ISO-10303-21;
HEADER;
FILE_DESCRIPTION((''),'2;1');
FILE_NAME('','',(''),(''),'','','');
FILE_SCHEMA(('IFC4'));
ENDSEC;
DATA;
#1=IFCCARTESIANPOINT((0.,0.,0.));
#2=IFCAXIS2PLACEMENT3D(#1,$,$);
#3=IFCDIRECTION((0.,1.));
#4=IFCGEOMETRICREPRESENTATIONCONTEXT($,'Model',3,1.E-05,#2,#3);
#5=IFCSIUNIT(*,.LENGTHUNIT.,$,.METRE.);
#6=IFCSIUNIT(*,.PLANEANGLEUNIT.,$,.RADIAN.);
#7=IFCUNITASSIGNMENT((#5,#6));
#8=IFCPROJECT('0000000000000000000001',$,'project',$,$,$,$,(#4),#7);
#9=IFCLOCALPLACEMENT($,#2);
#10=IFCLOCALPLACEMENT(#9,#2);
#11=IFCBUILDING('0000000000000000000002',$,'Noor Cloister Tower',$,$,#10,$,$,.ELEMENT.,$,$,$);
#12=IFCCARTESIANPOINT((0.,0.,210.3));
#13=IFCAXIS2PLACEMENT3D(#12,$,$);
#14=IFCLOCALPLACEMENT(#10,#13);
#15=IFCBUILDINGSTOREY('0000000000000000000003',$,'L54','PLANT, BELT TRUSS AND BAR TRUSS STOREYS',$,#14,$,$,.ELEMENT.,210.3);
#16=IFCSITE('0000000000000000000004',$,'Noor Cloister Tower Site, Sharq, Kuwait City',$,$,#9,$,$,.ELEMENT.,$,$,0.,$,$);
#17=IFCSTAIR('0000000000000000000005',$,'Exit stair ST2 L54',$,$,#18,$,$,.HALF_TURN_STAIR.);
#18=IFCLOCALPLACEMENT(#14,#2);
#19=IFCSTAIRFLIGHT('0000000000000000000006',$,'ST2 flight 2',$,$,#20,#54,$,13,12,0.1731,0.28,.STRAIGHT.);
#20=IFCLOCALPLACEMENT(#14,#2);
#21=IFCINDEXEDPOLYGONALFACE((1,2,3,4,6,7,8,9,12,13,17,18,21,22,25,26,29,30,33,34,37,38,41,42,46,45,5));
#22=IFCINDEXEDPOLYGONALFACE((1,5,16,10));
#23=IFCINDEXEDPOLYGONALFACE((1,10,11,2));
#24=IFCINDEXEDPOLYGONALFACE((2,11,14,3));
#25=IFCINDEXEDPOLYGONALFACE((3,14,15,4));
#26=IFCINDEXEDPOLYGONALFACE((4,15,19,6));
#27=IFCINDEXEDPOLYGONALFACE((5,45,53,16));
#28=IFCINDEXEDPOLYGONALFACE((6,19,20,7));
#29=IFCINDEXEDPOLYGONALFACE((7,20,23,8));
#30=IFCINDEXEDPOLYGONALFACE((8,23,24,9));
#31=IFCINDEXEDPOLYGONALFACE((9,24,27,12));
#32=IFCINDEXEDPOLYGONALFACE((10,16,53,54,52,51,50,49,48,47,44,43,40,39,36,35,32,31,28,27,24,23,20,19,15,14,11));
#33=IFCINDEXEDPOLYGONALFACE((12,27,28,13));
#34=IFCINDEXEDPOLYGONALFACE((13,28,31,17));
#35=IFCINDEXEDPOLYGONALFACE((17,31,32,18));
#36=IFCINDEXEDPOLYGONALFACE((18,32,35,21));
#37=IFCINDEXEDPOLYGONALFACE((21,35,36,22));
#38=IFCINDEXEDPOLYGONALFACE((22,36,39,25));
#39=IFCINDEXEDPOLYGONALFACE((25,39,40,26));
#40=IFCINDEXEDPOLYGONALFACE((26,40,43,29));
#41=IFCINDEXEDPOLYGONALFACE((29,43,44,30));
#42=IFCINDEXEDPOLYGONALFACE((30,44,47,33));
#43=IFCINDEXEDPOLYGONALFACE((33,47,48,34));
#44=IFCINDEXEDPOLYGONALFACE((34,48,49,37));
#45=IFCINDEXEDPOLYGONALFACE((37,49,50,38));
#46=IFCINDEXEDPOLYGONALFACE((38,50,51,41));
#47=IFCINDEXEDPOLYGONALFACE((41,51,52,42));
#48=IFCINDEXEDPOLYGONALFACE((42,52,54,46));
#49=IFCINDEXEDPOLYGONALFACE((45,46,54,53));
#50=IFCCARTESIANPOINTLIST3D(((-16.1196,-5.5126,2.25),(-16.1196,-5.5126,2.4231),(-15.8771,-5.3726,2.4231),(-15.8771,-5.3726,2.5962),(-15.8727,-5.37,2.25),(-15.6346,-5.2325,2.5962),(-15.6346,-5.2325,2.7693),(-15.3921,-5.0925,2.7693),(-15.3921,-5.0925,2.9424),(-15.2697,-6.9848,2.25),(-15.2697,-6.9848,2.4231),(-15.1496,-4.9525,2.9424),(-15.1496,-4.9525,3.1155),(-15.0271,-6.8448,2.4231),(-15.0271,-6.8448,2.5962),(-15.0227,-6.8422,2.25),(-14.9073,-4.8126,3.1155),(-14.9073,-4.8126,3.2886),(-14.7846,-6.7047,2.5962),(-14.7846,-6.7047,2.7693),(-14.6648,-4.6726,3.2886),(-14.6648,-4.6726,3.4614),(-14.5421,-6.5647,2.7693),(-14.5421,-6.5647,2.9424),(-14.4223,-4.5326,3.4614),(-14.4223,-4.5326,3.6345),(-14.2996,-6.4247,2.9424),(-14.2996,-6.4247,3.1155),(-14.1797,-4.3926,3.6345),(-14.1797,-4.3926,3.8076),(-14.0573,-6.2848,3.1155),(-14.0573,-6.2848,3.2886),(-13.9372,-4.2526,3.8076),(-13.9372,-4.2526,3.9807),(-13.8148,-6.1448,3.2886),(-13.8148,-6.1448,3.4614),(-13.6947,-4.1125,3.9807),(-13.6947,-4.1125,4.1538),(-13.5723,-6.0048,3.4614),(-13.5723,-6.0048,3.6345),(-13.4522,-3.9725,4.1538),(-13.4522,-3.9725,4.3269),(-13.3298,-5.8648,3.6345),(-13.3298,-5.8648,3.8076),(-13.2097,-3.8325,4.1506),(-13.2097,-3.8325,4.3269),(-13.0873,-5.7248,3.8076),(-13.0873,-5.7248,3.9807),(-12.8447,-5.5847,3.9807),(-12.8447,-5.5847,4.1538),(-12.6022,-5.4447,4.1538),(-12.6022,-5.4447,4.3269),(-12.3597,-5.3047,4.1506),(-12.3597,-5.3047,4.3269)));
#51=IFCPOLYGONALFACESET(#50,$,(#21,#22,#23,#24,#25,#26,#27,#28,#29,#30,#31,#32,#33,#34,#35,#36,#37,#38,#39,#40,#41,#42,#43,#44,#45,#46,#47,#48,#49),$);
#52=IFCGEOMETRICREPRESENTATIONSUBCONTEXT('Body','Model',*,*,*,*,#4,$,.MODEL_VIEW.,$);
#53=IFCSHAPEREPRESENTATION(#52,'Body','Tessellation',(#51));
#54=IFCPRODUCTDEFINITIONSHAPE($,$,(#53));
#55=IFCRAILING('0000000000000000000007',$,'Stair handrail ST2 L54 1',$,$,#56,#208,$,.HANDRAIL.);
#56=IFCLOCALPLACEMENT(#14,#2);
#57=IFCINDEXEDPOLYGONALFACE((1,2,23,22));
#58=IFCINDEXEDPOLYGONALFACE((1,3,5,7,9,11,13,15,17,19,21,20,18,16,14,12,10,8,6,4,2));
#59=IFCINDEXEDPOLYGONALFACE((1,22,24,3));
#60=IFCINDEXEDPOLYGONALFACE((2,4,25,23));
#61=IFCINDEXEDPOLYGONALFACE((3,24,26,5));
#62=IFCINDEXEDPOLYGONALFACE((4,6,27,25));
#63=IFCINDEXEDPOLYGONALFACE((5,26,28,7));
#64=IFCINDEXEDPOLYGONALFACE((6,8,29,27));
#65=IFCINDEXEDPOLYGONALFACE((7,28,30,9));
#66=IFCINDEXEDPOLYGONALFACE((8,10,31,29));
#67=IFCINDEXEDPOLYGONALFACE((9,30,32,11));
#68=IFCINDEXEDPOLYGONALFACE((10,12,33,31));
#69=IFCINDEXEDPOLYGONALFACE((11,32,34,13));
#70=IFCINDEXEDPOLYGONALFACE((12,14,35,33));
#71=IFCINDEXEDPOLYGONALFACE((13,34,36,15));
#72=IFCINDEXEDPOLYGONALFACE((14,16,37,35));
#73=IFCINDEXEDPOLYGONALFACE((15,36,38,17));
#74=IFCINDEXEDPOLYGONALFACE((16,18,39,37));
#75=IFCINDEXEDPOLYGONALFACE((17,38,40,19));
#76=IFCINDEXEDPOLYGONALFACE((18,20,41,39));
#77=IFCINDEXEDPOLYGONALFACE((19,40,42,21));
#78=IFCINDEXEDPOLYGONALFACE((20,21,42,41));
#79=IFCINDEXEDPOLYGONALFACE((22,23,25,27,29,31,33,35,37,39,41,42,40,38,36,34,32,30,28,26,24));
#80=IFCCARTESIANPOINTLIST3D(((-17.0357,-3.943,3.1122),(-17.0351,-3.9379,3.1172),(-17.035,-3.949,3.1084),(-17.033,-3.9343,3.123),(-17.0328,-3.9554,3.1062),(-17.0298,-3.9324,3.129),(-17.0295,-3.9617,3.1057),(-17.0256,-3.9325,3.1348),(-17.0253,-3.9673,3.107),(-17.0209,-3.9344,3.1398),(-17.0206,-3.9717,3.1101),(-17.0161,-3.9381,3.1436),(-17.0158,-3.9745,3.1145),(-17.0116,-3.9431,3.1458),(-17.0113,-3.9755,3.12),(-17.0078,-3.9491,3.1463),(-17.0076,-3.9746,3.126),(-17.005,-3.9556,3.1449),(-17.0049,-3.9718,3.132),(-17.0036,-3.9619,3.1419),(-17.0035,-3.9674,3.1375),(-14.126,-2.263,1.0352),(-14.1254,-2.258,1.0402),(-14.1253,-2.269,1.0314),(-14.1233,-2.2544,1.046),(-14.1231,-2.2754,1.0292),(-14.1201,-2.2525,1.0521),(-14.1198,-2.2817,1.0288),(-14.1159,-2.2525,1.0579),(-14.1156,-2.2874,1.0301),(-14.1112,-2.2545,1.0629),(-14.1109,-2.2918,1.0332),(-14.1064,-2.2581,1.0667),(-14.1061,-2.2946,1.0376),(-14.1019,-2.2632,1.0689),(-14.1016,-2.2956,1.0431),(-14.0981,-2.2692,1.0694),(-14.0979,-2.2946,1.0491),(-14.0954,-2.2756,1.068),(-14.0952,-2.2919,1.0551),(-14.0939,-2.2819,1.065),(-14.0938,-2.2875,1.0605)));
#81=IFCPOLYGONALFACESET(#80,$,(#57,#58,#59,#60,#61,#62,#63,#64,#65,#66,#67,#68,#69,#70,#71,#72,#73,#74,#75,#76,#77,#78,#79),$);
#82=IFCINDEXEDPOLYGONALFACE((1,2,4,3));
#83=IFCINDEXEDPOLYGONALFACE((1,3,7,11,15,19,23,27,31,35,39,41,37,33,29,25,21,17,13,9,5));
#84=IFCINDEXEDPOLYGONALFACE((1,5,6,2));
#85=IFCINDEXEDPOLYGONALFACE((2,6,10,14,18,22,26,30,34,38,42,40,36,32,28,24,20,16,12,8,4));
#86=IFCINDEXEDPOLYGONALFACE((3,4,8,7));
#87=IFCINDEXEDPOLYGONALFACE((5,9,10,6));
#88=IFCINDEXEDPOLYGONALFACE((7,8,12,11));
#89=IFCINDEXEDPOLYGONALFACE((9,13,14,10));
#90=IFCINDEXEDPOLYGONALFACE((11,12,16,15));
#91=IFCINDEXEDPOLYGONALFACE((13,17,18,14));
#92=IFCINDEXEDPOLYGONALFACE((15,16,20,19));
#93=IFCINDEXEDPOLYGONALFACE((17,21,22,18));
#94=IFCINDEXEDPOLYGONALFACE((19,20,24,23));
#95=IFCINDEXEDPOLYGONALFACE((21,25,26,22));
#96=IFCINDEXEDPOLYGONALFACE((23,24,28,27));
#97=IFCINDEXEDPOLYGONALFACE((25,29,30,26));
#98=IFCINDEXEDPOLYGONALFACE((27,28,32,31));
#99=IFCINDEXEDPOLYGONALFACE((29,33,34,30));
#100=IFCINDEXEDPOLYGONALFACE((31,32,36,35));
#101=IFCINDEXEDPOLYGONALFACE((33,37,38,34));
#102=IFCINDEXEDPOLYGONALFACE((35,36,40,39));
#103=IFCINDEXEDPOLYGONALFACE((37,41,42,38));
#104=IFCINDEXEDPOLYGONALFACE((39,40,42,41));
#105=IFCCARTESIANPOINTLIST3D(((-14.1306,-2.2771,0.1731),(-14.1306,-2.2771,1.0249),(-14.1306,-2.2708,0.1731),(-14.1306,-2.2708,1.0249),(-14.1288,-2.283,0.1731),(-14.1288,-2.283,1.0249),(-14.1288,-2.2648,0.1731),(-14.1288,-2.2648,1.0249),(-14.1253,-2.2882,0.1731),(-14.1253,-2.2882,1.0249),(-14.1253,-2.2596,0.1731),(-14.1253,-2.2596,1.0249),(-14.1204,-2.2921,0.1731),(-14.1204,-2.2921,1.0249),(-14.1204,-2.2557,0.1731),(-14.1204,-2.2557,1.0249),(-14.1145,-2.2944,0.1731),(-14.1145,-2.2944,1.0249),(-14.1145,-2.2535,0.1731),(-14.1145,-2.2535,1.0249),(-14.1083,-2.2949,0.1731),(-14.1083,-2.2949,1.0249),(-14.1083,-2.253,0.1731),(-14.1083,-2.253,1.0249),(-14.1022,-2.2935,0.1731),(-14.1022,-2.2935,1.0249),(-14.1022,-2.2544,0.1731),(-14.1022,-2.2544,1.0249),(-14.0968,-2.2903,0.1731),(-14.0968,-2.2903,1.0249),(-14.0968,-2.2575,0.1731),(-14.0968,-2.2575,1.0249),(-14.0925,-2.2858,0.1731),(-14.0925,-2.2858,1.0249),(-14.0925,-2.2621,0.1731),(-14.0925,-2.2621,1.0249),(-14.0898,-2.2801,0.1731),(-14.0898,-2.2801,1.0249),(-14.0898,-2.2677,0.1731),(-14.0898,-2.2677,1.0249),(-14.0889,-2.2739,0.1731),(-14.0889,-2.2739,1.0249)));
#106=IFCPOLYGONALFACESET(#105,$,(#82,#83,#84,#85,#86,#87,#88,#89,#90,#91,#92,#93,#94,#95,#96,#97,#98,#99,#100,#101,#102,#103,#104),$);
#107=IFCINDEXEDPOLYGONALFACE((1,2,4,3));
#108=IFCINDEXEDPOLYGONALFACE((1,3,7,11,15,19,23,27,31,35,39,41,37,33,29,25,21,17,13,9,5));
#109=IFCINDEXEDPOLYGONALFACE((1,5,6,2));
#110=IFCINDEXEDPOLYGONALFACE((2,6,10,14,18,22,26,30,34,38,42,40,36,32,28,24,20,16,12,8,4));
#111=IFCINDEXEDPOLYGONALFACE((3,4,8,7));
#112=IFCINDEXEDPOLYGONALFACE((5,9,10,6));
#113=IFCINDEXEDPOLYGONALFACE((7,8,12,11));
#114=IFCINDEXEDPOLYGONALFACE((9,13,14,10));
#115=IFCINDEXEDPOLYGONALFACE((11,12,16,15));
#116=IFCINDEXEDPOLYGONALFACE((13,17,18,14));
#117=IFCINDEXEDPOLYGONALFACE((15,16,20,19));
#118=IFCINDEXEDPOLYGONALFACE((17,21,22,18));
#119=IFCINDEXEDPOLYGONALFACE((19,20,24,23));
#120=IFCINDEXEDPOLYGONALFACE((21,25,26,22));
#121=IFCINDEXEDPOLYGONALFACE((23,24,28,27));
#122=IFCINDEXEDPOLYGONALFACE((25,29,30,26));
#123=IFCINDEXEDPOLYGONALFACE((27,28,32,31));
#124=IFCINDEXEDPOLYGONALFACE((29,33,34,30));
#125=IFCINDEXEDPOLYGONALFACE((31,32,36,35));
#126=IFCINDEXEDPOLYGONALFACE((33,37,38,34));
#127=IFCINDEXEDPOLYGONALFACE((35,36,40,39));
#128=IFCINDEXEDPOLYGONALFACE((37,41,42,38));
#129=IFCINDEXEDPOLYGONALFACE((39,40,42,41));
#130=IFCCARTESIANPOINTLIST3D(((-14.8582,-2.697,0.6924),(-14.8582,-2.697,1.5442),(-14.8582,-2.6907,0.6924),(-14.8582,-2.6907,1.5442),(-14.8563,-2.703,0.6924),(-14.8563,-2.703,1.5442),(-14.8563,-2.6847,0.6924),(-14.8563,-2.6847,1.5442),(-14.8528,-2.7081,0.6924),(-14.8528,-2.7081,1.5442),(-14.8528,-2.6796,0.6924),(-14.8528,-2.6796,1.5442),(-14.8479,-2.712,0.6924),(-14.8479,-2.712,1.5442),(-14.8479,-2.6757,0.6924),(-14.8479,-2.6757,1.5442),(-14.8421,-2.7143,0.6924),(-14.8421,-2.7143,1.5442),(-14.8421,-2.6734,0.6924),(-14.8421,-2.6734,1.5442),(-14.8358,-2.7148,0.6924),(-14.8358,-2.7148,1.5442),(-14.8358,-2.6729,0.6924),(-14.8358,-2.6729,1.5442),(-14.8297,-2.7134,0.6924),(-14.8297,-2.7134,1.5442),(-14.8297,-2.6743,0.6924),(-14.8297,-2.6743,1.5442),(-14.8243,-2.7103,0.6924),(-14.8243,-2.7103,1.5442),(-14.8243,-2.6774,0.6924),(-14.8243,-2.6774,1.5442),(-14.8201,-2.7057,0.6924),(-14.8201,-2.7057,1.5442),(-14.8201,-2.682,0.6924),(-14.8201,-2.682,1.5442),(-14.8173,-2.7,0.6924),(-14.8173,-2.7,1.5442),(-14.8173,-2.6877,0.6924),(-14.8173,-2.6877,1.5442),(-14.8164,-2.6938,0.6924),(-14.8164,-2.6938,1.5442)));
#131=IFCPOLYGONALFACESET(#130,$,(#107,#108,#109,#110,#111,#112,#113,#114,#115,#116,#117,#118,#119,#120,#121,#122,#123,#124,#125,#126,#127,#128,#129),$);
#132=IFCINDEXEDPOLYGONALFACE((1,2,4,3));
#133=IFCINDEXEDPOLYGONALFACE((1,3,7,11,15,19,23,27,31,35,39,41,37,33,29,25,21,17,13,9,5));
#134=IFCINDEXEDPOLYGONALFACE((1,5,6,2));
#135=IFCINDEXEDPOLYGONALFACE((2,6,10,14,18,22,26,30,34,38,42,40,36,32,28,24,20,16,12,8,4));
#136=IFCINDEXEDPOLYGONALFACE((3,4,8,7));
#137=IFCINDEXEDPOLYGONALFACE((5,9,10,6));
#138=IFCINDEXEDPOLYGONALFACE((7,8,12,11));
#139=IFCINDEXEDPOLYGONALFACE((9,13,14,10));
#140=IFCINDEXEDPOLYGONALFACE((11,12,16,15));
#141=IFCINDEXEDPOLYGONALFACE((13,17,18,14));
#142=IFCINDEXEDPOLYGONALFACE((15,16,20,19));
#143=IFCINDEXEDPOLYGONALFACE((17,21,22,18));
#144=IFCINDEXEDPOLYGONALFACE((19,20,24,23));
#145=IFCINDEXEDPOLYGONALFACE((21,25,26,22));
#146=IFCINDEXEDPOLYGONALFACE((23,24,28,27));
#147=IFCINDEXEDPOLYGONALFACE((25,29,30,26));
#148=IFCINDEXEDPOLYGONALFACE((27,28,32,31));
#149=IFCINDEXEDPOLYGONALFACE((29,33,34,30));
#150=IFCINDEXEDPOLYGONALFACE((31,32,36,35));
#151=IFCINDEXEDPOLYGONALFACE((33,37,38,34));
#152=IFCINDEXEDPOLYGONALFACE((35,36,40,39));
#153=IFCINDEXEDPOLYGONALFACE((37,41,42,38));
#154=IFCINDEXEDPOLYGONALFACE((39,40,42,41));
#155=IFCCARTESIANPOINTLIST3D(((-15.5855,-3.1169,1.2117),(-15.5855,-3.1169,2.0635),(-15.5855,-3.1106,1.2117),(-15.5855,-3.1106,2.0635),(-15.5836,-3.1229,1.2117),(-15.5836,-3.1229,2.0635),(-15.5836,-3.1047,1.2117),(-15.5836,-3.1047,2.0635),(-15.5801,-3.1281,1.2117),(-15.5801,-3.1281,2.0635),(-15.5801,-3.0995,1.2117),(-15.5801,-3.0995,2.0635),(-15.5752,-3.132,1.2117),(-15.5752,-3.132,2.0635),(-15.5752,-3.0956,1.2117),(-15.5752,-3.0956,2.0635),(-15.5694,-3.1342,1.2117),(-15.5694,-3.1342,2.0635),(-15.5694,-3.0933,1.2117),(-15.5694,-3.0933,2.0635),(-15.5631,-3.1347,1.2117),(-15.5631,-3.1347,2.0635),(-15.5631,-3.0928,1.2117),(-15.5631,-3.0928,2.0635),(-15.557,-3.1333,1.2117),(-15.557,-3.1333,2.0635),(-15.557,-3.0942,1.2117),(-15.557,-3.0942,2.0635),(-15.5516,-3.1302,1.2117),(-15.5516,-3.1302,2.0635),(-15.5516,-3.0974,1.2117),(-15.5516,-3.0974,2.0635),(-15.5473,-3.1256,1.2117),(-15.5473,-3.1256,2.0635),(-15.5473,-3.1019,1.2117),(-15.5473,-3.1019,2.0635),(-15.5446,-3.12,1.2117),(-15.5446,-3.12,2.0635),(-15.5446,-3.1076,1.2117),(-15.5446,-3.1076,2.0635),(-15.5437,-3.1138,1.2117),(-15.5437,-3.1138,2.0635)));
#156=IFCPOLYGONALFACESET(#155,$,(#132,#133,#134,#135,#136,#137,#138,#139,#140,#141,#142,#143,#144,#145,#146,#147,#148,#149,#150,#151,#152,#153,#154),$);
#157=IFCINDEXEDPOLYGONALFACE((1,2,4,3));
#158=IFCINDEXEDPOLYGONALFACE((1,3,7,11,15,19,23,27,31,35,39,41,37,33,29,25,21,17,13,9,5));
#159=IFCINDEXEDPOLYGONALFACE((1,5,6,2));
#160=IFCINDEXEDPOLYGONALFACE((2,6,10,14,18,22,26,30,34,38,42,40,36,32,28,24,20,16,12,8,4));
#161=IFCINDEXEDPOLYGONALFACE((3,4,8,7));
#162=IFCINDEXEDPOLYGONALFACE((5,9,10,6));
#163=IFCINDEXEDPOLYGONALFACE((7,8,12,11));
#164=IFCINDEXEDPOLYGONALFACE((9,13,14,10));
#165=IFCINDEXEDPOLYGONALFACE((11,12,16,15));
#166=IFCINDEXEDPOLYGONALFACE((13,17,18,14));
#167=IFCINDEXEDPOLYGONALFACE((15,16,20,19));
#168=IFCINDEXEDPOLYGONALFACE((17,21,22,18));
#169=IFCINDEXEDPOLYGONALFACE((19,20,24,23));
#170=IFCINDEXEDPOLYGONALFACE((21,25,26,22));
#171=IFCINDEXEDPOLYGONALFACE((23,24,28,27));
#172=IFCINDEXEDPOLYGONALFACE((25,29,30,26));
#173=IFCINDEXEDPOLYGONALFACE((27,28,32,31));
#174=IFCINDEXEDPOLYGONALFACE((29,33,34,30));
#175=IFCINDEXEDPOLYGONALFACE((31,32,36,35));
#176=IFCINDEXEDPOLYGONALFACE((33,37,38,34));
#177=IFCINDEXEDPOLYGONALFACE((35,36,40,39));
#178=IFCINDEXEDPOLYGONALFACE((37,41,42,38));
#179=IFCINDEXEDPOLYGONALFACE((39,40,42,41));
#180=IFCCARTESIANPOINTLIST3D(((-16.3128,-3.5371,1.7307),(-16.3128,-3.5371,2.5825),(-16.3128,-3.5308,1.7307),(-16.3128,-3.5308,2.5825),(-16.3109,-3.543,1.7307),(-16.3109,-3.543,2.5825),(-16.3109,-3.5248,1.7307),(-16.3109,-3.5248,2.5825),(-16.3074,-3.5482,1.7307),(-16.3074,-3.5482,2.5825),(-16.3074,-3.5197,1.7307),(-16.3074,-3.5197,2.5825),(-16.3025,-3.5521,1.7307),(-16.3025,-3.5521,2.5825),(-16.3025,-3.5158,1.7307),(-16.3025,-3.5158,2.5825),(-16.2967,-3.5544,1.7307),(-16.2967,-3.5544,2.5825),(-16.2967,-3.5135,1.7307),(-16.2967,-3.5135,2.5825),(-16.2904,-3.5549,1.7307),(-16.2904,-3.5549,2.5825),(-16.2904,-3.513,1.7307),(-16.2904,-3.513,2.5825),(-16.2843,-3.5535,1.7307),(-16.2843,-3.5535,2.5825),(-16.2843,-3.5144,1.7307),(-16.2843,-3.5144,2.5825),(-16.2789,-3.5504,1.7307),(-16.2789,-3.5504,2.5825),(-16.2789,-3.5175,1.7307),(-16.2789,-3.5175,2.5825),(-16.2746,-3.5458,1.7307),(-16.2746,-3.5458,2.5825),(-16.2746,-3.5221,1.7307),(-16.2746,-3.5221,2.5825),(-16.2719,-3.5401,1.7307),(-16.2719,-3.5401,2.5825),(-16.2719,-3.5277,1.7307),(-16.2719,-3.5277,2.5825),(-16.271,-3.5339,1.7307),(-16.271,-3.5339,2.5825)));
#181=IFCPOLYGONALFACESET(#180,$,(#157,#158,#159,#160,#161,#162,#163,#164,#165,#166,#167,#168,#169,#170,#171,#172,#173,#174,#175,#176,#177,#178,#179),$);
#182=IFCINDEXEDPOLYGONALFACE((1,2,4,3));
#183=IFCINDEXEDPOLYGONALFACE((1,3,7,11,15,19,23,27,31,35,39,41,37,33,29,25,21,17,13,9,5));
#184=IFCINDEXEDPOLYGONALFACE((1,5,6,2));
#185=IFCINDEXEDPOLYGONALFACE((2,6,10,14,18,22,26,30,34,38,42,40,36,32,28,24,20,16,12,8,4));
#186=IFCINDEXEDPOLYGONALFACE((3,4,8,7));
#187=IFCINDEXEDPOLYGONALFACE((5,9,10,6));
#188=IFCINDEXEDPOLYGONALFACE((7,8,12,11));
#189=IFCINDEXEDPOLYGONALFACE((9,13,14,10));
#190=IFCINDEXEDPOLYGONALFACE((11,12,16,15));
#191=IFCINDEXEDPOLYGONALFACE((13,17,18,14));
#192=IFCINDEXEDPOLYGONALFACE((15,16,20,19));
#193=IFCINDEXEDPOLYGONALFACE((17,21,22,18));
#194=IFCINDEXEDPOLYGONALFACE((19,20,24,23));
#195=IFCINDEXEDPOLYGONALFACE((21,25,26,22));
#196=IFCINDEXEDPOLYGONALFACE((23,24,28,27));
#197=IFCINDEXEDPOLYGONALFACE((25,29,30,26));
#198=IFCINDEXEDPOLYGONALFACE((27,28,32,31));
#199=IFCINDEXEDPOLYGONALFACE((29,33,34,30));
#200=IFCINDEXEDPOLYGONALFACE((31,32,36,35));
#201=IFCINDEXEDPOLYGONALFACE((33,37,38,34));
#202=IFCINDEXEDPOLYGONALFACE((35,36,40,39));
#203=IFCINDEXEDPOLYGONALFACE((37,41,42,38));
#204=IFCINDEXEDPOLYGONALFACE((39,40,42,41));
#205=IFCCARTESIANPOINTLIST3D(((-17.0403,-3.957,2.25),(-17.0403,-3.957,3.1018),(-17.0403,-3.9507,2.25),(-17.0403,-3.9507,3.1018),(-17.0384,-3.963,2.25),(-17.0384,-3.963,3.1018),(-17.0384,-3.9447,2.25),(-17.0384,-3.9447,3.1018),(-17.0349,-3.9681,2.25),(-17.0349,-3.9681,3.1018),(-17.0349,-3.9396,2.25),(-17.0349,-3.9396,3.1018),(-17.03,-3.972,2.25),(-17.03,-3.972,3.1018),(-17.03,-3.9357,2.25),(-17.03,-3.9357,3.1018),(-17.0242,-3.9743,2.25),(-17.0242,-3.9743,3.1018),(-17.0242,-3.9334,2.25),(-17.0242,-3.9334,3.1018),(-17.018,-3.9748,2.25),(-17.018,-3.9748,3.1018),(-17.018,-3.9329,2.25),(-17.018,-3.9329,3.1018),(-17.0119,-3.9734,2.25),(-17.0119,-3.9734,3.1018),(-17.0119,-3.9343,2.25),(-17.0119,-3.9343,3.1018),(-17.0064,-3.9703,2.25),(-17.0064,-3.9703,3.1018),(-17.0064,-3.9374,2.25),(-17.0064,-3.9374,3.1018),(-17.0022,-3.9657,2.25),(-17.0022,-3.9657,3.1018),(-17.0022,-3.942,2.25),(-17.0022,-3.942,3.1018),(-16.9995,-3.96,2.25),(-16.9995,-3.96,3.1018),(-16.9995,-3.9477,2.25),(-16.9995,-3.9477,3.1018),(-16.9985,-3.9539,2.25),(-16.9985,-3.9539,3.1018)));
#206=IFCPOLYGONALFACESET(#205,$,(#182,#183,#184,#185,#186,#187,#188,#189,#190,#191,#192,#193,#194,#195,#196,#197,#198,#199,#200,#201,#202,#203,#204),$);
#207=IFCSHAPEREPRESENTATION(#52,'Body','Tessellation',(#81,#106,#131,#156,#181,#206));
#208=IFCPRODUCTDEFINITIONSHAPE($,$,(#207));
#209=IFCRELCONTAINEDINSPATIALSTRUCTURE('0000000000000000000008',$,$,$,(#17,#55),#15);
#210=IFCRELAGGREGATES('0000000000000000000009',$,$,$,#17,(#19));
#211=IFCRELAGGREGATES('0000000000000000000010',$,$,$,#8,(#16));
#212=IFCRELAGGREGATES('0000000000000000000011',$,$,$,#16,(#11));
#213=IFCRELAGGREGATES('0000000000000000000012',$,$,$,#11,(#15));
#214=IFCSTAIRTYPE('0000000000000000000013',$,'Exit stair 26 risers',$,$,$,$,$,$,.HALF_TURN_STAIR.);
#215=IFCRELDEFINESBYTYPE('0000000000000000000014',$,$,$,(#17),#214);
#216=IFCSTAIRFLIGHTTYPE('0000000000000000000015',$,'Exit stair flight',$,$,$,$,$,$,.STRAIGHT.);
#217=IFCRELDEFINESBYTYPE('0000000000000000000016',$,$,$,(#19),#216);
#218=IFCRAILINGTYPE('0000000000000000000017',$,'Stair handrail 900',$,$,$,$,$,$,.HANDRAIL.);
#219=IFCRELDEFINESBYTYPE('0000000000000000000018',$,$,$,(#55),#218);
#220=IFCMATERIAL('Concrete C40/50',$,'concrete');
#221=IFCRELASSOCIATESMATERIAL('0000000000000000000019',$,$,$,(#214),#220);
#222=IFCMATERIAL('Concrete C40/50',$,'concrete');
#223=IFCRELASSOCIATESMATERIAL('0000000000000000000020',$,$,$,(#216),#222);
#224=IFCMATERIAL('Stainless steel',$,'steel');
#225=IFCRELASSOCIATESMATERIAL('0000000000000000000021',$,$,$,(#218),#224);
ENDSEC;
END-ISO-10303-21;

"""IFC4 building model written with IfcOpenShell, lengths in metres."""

from ifc_helpers import new_model, si_unit, direction, frame, origin, origin_2d, place, context, subcontext, project, spatial, polyline, circle, outline, extrude, material, type_object, element, aggregate, save


model = new_model("IFC4")

# Units and contexts
model_context = context("Model", 3, precision=1e-05, world=origin(), true_north=direction((0.0, 1.0)))
body_context = subcontext(model_context, "Body", "Model", "MODEL_VIEW")
ifc_project = project(units=[si_unit("LENGTHUNIT", "METRE"), si_unit("PLANEANGLEUNIT", "RADIAN")], contexts=[model_context])

# Site, building, storey
site_placement = place(None, origin())
site = spatial("IfcSite", under=ifc_project, at=site_placement, Name="Noor Cloister Tower Site, Sharq, Kuwait City", CompositionType="ELEMENT", RefElevation=0.0)
building_placement = place(site_placement, origin())
building = spatial("IfcBuilding", under=site, at=building_placement, Name="Noor Cloister Tower", CompositionType="ELEMENT")
storey_placement = place(building_placement, frame((0.0, 0.0, 210.3)))
storey = spatial("IfcBuildingStorey", under=building, at=storey_placement, Name="L54", Description="PLANT, BELT TRUSS AND BAR TRUSS STOREYS", CompositionType="ELEMENT", Elevation=210.3)

# Stair, stair flight
ifc_material_1 = material(Name="Concrete C40/50", Category="concrete")
stair_type = type_object("IfcStairType", Name="Exit stair 26 risers", PredefinedType="HALF_TURN_STAIR", material=ifc_material_1)
stair_placement = place(storey_placement, origin())
stair = element("IfcStair", 1, at=stair_placement, inside=storey, type_object=stair_type, Name="Exit stair ST2 L54", PredefinedType="HALF_TURN_STAIR")
ifc_material_2 = material(Name="Concrete C40/50", Category="concrete")
stair_flight_type = type_object("IfcStairFlightType", Name="Exit stair flight", PredefinedType="STRAIGHT", material=ifc_material_2)
stair_flight_1_placement = place(storey_placement, frame((-15.6946, -6.2488, 2.25), z_axis=(0.0, 0.0, 1.0), x_axis=(0.866025, 0.5, 0.0)))
stair_flight_1 = element("IfcStairFlight", 2, at=stair_flight_1_placement, type_object=stair_flight_type, Name="ST2 flight 2", NumberOfRisers=13, NumberOfTreads=12, PredefinedType="STRAIGHT", RiserHeight=0.1731, TreadLength=0.28, context=body_context, shape_type="SweptSolid", body=[
    extrude(outline(polyline([(0.0, 0.0), (0.0, 0.1731), (0.28, 0.1731), (0.28, 0.3462), (0.5601, 0.3462), (0.5601, 0.5193), (0.8401, 0.5193), (0.8401, 0.6924), (1.1201, 0.6924), (1.1201, 0.8655), (1.3999, 0.8655), (1.3999, 1.0386), (1.6799, 1.0386), (1.6799, 1.2114), (1.96, 1.2114), (1.96, 1.3845), (2.24, 1.3845), (2.24, 1.5576), (2.52, 1.5576), (2.52, 1.7307), (2.8, 1.7307), (2.8, 1.9038), (3.0801, 1.9038), (3.0801, 2.0769), (3.3601, 2.0769), (3.3601, 2.25), (3.3601, 1.9006), (0.2852, 0.0), (0.0, 0.0)])), frame((0.0, 0.8501, 0.0), z_axis=(0.0, -1.0, 0.0), x_axis=(1.0, 0.0, 0.0)), (0.0, 0.0, 1.0), 1.7),
])
aggregate(stair, [stair_flight_1])

# Railing
ifc_material_3 = material(Name="Stainless steel", Category="steel")
railing_type_1 = type_object("IfcRailingType", Name="Stair handrail 900", PredefinedType="HANDRAIL", material=ifc_material_3)
railing_1_placement = place(storey_placement, frame((-14.1099, -2.2739, 0.1731)))
element("IfcRailing", 3, at=railing_1_placement, inside=storey, type_object=railing_type_1, Name="Stair handrail ST2 L54 1", PredefinedType="HANDRAIL", context=body_context, shape_type="SweptSolid", body=[
    extrude(circle(Radius=0.0239, at=origin_2d()), frame((0.0, 0.0, 0.876), z_axis=(-0.73664, -0.425308, 0.525809), x_axis=(0.500008, -0.866021, 0.0)), (0.0, 0.0, 1.0), 3.95),
    extrude(circle(Radius=0.021, at=origin_2d()), origin(), (0.0, 0.0, 1.0), 0.8518),
    extrude(circle(Radius=0.021, at=origin_2d()), frame((-0.7275, -0.4199, 0.5193)), (0.0, 0.0, 1.0), 0.8518),
    extrude(circle(Radius=0.021, at=origin_2d()), frame((-1.4548, -0.8398, 1.0386)), (0.0, 0.0, 1.0), 0.8518),
    extrude(circle(Radius=0.021, at=origin_2d()), frame((-2.1821, -1.26, 1.5576)), (0.0, 0.0, 1.0), 0.8518),
    extrude(circle(Radius=0.021, at=origin_2d()), frame((-2.9097, -1.6799, 2.0769)), (0.0, 0.0, 1.0), 0.8518),
])

save(model, "model.ifc")
